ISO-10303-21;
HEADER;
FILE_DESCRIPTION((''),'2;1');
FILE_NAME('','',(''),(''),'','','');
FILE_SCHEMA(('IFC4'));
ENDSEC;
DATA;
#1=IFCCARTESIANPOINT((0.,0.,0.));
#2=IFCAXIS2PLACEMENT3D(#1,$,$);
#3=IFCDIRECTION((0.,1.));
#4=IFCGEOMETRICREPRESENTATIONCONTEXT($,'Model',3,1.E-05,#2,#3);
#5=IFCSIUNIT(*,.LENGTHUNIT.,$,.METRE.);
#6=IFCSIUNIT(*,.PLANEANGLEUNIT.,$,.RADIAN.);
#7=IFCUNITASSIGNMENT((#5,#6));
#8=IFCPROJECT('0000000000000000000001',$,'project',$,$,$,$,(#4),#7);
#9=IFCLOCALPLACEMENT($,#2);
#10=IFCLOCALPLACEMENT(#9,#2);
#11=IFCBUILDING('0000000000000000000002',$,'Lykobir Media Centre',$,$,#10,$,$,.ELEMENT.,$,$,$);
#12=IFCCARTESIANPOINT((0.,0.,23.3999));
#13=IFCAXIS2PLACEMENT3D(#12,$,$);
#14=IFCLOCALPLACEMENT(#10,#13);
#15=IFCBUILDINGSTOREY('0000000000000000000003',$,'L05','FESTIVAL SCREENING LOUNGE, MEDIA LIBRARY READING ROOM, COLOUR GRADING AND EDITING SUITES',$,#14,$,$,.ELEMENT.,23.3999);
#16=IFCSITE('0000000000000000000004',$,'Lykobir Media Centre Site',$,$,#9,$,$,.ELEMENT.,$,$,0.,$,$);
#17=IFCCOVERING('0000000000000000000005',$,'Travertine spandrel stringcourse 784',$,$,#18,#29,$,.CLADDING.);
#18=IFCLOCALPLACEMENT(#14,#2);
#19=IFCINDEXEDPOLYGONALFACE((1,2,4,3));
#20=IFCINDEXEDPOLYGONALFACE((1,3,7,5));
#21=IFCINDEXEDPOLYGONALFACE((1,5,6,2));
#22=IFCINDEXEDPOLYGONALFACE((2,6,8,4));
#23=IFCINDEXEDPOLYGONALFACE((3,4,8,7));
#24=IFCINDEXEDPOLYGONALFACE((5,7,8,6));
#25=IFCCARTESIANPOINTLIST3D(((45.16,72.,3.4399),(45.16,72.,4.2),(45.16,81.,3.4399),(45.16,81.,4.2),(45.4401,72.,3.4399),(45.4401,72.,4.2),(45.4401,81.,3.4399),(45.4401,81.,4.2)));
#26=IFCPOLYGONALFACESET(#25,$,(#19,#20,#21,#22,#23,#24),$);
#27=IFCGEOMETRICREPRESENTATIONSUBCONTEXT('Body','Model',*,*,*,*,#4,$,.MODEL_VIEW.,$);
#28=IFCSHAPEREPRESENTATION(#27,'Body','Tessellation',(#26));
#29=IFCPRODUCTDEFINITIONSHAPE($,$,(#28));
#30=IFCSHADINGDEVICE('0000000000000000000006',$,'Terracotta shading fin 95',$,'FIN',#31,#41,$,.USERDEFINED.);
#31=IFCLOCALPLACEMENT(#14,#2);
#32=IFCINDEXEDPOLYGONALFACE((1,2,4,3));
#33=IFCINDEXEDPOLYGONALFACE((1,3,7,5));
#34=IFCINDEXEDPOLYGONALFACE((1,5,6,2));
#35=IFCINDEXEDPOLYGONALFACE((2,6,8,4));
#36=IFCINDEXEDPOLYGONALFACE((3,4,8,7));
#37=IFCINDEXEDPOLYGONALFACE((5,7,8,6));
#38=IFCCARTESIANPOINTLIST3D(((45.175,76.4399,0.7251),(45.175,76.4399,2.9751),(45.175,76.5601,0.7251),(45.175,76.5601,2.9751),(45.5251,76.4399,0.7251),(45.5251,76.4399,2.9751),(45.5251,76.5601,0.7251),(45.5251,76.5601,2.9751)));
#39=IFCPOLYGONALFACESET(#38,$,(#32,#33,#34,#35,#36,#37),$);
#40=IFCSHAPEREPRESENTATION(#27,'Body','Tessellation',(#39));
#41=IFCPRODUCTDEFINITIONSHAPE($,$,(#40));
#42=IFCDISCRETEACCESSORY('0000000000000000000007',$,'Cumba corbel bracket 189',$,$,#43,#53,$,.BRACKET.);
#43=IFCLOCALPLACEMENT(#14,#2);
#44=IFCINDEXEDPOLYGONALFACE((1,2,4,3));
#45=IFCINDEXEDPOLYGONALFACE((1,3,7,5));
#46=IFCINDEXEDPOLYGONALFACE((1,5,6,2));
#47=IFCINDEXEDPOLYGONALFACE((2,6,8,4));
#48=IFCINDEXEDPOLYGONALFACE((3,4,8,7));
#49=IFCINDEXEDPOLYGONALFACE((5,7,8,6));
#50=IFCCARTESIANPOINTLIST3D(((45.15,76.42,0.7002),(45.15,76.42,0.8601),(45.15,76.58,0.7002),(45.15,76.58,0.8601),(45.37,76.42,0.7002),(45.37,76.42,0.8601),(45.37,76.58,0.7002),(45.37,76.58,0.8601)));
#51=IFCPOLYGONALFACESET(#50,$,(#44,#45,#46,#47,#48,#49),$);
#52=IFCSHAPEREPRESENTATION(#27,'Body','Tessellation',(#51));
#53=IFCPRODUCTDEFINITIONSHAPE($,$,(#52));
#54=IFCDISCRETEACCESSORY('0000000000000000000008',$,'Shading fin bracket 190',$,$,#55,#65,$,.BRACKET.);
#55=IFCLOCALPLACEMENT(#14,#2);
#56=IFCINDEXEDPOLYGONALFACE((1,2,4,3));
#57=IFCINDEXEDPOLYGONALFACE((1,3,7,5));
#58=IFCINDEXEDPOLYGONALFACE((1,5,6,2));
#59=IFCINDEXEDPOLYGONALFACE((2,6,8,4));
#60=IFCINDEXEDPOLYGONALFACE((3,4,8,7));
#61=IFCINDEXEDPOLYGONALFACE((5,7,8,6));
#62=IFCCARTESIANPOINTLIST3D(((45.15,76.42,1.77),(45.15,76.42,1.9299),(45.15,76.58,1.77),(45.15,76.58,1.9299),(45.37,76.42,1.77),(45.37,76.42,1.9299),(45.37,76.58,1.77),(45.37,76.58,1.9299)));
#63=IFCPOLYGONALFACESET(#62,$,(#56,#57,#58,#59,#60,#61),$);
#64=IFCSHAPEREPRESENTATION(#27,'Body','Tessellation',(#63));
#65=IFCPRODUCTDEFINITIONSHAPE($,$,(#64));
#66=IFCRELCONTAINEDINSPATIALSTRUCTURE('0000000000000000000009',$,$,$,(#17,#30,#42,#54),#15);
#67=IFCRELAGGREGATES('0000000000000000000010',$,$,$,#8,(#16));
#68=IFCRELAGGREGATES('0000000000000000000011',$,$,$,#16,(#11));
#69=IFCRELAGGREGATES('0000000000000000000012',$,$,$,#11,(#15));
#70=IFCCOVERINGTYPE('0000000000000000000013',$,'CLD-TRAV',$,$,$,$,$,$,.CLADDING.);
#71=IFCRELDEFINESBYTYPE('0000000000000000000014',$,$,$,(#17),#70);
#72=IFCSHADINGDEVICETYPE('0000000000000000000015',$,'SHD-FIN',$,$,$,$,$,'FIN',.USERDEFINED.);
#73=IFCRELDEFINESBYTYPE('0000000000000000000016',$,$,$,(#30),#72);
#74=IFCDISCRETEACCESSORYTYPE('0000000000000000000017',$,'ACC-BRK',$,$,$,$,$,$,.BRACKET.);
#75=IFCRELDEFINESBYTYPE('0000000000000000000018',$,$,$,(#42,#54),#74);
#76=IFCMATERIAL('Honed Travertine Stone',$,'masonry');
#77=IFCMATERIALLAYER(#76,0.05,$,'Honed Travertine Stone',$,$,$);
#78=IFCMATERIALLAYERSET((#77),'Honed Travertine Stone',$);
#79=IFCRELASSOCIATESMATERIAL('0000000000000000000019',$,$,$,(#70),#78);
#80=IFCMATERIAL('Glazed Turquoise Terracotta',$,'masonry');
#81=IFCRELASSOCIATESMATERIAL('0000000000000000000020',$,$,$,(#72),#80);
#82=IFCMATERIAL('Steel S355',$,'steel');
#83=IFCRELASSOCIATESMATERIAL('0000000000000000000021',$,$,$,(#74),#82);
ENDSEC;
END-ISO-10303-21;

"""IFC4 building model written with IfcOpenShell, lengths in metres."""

from ifc_helpers import new_model, si_unit, direction, frame, origin, origin_2d, place, context, subcontext, project, spatial, rectangle, extrude, material, layer, layer_set, type_object, element, save


model = new_model("IFC4")

# Units and contexts
model_context = context("Model", 3, precision=1e-05, world=origin(), true_north=direction((0.0, 1.0)))
body_context = subcontext(model_context, "Body", "Model", "MODEL_VIEW")
ifc_project = project(units=[si_unit("LENGTHUNIT", "METRE"), si_unit("PLANEANGLEUNIT", "RADIAN")], contexts=[model_context])

# Site, building, storey
site_placement = place(None, origin())
site = spatial("IfcSite", under=ifc_project, at=site_placement, Name="Lykobir Media Centre Site", CompositionType="ELEMENT", RefElevation=0.0)
building_placement = place(site_placement, origin())
building = spatial("IfcBuilding", under=site, at=building_placement, Name="Lykobir Media Centre", CompositionType="ELEMENT")
storey_placement = place(building_placement, frame((0.0, 0.0, 23.3999)))
storey = spatial("IfcBuildingStorey", under=building, at=storey_placement, Name="L05", Description="FESTIVAL SCREENING LOUNGE, MEDIA LIBRARY READING ROOM, COLOUR GRADING AND EDITING SUITES", CompositionType="ELEMENT", Elevation=23.3999)

# Covering
ifc_material_1 = material(Name="Glazed Turquoise Terracotta", Category="masonry")
ifc_material_2 = material(Name="Honed Travertine Stone", Category="masonry")
ifc_layer_1 = layer(ifc_material_2, 0.05, Name="Honed Travertine Stone")
ifc_layer_set_1 = layer_set([ifc_layer_1], Name="Honed Travertine Stone")
covering_type_1 = type_object("IfcCoveringType", Name="CLD-TRAV", PredefinedType="CLADDING", material=ifc_layer_set_1)
covering_1_placement = place(storey_placement, frame((45.3, 76.5, 3.4399), z_axis=(0.0, 0.0, 1.0), x_axis=(0.0, 1.0, 0.0)))
element("IfcCovering", 1, at=covering_1_placement, inside=storey, type_object=covering_type_1, Name="Travertine spandrel stringcourse 784", PredefinedType="CLADDING", context=body_context, shape_type="SweptSolid", body=[
    extrude(rectangle(XDim=9.0, YDim=0.28, at=origin_2d()), origin(), (0.0, 0.0, 1.0), 0.76),
])

# Shading device
shading_device_type = type_object("IfcShadingDeviceType", Name="SHD-FIN", ElementType="FIN", PredefinedType="USERDEFINED", material=ifc_material_1)
shading_device_placement = place(storey_placement, frame((45.3501, 76.5, 0.7251), z_axis=(0.0, 0.0, 1.0), x_axis=(0.0, 1.0, 0.0)))
element("IfcShadingDevice", 2, at=shading_device_placement, inside=storey, type_object=shading_device_type, Name="Terracotta shading fin 95", ObjectType="FIN", PredefinedType="USERDEFINED", context=body_context, shape_type="SweptSolid", body=[
    extrude(rectangle(XDim=0.1201, YDim=0.3501, at=origin_2d()), origin(), (0.0, 0.0, 1.0), 2.25),
])

# Discrete accessories
ifc_material_3 = material(Name="Steel S355", Category="steel")
discrete_accessory_type = type_object("IfcDiscreteAccessoryType", Name="ACC-BRK", PredefinedType="BRACKET", material=ifc_material_3)
for number, where, z_axis, x_axis, name in (
    (3, (45.26, 76.5, 0.7002), (0.0, 0.0, 1.0), (0.0, 1.0, 0.0), "Cumba corbel bracket 189"),
    (4, (45.26, 76.5, 1.77), (0.0, 0.0, 1.0), (0.0, 1.0, 0.0), "Shading fin bracket 190"),
):
    element("IfcDiscreteAccessory", number, at=place(storey_placement, frame(where, z_axis=z_axis, x_axis=x_axis)), inside=storey, type_object=discrete_accessory_type, Name=name, PredefinedType="BRACKET", context=body_context, shape_type="SweptSolid", body=[
        extrude(rectangle(XDim=0.1599, YDim=0.22, at=origin_2d()), origin(), (0.0, 0.0, 1.0), 0.1599),
    ])

save(model, "model.ifc")
